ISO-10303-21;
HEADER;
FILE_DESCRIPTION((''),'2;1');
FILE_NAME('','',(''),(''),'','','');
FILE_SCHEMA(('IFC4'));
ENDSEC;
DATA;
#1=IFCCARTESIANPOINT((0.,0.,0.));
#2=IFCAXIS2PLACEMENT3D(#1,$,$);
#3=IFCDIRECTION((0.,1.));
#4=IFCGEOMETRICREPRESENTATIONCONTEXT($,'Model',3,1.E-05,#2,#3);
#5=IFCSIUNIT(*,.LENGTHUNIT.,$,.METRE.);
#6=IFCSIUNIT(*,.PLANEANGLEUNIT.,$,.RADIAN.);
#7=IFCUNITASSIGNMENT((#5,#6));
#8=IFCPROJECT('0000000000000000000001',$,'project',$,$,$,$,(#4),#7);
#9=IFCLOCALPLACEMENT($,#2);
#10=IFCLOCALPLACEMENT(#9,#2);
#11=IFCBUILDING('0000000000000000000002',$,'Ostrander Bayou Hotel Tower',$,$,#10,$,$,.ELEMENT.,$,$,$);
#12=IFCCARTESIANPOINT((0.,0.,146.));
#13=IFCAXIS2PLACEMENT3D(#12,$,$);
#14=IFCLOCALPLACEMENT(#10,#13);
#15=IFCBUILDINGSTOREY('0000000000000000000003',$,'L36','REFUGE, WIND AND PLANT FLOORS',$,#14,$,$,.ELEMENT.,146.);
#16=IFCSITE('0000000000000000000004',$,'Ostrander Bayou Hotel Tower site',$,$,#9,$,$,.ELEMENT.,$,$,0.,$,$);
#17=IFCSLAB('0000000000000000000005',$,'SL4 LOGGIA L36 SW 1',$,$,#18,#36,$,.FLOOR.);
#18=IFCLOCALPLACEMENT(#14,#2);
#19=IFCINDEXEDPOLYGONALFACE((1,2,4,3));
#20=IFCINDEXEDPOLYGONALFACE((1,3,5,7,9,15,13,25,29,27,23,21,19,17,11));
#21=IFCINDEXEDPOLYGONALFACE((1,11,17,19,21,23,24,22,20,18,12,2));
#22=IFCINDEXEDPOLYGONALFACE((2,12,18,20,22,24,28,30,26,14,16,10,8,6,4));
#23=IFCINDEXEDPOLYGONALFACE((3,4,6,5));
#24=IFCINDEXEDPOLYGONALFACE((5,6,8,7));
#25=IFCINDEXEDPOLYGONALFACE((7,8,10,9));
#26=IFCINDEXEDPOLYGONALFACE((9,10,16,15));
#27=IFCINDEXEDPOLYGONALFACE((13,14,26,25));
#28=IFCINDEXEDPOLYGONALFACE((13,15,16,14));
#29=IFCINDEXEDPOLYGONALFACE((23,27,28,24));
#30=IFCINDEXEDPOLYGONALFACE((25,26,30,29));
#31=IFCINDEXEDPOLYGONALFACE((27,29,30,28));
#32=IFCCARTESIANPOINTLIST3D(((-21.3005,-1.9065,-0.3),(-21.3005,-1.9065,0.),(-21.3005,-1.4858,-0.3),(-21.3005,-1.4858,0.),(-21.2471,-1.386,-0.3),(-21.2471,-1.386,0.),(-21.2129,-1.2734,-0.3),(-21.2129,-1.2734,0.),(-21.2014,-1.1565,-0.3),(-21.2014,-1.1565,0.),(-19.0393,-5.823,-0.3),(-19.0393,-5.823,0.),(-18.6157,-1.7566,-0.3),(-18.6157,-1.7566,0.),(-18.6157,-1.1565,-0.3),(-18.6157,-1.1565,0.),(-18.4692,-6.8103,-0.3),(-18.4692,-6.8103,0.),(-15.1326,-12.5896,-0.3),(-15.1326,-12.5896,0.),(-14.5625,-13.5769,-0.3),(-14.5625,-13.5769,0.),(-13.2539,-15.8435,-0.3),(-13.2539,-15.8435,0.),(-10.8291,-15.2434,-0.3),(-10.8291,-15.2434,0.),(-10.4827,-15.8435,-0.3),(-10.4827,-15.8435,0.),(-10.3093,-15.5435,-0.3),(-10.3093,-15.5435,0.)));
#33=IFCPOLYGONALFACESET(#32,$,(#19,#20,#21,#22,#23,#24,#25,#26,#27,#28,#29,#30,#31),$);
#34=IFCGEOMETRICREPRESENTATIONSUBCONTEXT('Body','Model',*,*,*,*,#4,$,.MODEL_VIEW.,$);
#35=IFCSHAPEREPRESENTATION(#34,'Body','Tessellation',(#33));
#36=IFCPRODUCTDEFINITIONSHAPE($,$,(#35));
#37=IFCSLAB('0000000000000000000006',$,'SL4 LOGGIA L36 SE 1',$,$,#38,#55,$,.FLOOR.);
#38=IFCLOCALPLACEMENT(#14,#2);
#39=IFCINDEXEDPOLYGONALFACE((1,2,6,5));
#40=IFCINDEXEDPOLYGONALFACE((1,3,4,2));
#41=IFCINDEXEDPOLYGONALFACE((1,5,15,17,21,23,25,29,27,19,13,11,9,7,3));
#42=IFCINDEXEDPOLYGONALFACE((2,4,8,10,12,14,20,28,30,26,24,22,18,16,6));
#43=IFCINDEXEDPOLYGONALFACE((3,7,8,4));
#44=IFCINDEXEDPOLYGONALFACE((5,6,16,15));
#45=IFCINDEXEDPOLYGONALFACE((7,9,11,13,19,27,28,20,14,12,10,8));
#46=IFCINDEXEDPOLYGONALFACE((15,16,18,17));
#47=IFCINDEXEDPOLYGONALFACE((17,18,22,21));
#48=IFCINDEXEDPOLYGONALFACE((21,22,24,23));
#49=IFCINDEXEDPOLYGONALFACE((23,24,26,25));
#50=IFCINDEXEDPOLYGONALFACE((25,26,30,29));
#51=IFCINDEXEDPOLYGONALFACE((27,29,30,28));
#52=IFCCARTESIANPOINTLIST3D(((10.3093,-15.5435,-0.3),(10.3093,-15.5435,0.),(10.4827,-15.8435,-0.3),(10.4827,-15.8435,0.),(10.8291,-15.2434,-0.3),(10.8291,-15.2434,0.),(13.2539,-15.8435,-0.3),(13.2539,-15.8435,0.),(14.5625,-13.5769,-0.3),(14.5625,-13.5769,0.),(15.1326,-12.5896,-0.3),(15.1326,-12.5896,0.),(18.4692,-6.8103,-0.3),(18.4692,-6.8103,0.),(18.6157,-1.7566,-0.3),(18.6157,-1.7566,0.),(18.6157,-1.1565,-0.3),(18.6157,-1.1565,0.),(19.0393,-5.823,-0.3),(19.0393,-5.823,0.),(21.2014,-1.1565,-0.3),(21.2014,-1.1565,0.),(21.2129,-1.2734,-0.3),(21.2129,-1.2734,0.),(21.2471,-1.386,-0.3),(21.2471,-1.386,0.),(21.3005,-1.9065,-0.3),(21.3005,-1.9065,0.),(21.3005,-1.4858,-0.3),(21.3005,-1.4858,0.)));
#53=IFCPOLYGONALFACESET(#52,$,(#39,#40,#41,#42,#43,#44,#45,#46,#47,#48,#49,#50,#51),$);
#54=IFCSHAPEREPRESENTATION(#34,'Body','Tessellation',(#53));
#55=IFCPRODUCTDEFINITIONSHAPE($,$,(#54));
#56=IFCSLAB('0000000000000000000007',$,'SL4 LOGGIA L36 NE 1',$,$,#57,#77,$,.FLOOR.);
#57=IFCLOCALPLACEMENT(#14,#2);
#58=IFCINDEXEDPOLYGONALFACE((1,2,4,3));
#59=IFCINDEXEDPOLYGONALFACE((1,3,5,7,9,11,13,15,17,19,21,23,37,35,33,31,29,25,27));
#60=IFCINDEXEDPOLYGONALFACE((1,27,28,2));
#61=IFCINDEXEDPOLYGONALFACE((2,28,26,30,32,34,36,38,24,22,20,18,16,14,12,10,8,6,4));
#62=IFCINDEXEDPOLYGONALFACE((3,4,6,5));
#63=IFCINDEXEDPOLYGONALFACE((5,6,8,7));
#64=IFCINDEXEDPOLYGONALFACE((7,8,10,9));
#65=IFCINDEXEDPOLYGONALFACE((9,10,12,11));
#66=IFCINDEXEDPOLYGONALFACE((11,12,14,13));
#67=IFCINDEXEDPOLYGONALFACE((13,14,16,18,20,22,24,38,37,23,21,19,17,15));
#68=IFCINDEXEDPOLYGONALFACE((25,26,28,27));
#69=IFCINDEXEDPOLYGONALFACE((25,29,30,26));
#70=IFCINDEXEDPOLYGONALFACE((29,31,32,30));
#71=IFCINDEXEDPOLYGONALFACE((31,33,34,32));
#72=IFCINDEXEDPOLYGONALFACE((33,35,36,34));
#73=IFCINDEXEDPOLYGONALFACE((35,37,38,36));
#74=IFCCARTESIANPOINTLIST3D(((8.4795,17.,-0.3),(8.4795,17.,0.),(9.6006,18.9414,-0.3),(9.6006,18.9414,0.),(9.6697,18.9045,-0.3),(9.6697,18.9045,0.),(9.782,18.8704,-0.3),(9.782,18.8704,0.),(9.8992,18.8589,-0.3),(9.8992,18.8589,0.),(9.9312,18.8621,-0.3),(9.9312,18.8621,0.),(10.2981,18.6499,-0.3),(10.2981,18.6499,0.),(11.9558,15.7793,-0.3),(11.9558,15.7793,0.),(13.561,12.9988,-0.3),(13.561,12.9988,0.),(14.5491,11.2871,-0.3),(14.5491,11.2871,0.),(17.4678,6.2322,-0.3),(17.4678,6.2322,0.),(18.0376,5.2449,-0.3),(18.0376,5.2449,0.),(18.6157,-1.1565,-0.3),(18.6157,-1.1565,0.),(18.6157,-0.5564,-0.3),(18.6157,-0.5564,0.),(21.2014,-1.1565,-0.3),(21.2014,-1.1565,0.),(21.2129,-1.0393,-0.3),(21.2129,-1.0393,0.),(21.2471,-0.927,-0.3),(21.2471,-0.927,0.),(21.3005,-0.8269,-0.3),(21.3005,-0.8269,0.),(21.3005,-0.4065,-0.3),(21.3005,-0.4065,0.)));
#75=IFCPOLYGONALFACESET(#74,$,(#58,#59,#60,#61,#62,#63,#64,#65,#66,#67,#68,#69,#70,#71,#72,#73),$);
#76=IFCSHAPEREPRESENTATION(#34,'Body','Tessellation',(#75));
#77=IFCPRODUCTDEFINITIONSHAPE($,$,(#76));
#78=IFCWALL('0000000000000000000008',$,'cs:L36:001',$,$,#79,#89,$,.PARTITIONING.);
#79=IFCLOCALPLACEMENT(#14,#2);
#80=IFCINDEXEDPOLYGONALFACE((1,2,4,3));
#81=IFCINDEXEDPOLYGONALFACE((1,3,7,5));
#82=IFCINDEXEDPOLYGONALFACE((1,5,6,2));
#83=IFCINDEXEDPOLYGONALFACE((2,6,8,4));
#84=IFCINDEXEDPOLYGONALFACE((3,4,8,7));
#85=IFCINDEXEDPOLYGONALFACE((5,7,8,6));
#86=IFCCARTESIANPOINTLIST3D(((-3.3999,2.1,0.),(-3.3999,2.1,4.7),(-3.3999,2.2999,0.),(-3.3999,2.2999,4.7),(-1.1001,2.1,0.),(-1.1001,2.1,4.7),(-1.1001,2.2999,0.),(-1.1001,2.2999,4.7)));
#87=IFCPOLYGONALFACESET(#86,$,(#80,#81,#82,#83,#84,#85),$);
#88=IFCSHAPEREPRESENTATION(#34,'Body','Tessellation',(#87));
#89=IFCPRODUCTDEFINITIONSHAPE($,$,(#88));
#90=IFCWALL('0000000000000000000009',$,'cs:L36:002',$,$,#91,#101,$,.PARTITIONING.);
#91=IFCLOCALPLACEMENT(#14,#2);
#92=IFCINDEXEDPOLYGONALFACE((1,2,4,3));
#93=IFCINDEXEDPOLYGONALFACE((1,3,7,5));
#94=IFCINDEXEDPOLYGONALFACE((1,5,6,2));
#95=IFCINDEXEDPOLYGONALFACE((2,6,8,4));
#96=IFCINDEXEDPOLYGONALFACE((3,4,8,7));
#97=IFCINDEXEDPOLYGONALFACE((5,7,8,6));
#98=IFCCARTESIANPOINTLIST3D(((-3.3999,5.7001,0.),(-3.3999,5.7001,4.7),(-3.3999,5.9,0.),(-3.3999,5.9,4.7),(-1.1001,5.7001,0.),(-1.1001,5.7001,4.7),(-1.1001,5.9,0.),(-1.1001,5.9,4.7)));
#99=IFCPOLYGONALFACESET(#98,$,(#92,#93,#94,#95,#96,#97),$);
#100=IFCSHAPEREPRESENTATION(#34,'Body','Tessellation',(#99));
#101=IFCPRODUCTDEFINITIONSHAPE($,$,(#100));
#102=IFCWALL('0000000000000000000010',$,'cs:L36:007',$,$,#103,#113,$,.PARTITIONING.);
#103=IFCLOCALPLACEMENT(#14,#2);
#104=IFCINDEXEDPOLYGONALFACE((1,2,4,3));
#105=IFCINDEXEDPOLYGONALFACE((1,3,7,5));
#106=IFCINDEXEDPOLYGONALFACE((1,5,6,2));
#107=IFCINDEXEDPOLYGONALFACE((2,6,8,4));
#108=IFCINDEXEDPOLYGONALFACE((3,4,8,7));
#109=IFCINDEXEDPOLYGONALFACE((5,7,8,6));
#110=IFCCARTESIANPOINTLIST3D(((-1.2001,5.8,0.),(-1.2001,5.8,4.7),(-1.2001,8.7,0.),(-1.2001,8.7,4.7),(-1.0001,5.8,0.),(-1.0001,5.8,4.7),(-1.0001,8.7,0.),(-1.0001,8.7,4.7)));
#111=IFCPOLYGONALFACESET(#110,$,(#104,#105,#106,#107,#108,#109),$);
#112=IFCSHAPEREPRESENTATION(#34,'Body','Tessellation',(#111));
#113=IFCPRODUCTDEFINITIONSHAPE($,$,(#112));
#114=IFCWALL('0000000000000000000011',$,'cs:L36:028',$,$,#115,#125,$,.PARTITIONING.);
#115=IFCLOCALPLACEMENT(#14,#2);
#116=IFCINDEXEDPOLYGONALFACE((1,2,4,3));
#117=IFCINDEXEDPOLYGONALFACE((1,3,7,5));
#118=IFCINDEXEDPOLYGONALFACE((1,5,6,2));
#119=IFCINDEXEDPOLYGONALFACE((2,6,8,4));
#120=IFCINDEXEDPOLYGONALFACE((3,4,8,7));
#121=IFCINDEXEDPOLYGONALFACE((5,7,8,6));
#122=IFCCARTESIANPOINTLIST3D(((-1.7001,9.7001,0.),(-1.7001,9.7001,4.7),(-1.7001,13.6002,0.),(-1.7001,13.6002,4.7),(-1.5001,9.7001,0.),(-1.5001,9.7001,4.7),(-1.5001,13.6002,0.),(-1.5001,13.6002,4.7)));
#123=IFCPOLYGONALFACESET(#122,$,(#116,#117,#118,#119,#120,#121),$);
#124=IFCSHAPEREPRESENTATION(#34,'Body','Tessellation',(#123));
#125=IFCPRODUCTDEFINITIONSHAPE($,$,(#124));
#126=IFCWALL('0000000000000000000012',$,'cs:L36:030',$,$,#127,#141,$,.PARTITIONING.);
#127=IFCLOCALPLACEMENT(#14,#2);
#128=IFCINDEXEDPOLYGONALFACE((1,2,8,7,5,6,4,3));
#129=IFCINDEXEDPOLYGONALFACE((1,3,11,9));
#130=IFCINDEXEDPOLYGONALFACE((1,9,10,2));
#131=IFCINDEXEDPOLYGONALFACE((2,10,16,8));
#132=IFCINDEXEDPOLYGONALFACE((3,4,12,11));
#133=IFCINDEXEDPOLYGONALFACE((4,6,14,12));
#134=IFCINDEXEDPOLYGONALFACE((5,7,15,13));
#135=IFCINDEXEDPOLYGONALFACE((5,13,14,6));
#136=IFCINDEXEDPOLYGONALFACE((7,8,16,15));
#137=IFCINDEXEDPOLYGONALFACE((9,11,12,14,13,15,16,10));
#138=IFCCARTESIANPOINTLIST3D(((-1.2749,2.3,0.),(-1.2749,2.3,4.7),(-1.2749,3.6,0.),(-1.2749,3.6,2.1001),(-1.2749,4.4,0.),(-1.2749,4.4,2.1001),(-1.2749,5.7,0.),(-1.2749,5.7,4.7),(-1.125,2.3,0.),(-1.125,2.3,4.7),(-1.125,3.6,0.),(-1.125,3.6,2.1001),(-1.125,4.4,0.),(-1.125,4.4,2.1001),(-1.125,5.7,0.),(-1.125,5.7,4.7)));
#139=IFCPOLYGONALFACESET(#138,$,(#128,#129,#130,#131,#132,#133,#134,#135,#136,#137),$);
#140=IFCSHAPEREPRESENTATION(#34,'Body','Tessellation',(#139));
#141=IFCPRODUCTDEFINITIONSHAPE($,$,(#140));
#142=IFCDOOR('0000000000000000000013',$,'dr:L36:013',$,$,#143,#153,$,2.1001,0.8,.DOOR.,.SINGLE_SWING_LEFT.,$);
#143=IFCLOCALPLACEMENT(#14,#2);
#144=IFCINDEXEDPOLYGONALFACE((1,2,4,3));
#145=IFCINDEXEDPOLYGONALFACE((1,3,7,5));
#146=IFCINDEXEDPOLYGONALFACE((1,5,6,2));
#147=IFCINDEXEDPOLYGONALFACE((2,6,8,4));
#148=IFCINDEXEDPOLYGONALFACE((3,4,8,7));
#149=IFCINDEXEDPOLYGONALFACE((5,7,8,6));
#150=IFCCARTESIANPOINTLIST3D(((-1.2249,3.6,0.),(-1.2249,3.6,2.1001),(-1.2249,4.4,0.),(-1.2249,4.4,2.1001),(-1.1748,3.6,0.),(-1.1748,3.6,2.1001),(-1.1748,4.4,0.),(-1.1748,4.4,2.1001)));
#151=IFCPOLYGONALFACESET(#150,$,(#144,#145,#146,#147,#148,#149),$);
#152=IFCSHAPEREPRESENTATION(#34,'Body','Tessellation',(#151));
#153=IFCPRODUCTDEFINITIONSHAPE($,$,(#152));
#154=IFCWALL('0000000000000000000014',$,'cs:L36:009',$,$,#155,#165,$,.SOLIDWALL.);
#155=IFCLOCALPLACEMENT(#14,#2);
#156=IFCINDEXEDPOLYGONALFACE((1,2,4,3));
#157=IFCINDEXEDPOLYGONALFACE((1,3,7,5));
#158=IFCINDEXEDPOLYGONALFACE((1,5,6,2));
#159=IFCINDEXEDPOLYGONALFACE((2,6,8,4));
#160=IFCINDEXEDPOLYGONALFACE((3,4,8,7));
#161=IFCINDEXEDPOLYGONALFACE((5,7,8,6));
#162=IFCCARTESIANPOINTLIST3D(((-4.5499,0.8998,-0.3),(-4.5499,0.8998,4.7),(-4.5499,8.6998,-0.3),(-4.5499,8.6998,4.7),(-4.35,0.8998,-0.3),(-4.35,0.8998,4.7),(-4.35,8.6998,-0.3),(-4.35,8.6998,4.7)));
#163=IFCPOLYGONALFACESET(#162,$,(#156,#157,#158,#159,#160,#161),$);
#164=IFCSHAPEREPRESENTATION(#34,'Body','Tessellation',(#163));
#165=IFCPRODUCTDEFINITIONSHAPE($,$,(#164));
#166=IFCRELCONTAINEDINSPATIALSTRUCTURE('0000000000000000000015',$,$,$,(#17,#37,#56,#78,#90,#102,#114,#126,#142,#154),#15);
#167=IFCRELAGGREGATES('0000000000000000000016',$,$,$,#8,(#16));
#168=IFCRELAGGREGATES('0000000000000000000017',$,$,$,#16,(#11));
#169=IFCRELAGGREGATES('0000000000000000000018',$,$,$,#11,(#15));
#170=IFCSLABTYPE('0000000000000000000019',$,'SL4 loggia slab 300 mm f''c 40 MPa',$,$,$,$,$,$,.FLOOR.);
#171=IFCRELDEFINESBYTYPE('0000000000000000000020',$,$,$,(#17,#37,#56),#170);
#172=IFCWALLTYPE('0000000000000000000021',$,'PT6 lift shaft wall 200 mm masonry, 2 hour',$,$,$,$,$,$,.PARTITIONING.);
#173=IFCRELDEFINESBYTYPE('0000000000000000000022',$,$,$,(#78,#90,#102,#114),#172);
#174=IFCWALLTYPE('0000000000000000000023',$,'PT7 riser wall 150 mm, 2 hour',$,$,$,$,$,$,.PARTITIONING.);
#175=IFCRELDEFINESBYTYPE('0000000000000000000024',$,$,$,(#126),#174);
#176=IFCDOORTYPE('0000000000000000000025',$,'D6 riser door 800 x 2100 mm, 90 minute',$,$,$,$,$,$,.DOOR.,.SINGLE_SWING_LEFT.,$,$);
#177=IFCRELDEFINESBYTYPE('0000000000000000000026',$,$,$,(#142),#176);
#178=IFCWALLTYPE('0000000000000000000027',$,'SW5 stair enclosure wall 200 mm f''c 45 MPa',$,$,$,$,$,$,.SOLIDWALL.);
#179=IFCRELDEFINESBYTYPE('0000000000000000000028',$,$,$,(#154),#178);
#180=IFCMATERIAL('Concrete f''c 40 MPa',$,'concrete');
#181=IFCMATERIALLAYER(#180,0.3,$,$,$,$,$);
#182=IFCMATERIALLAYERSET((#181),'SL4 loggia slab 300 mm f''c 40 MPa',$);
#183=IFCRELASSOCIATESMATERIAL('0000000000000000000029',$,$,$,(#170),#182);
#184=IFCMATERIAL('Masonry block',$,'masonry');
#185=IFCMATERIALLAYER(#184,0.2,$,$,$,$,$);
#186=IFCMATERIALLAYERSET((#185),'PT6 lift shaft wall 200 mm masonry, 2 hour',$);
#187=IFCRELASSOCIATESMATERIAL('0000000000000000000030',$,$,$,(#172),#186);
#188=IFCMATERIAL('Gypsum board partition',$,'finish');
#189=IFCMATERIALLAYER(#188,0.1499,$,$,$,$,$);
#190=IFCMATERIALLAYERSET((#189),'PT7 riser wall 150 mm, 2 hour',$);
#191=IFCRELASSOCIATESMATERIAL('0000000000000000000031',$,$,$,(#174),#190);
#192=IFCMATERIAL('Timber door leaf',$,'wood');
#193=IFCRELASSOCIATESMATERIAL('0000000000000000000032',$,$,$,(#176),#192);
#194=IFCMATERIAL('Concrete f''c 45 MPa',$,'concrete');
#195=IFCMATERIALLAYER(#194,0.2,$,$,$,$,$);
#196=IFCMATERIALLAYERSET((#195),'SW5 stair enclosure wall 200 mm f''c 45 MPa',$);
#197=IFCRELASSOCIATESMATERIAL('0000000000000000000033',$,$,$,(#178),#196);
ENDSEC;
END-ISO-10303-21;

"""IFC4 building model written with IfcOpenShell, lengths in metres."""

from ifc_helpers import new_model, si_unit, direction, frame, frame_2d, origin, place, context, subcontext, project, spatial, polyline, rectangle, outline, extrude, material, layer, layer_set, type_object, element, fill, save


model = new_model("IFC4")

# Units and contexts
model_context = context("Model", 3, precision=1e-05, world=origin(), true_north=direction((0.0, 1.0)))
body_context = subcontext(model_context, "Body", "Model", "MODEL_VIEW")
ifc_project = project(units=[si_unit("LENGTHUNIT", "METRE"), si_unit("PLANEANGLEUNIT", "RADIAN")], contexts=[model_context])

# Site, building, storey
site_placement = place(None, origin())
site = spatial("IfcSite", under=ifc_project, at=site_placement, Name="Ostrander Bayou Hotel Tower site", CompositionType="ELEMENT", RefElevation=0.0)
building_placement = place(site_placement, origin())
building = spatial("IfcBuilding", under=site, at=building_placement, Name="Ostrander Bayou Hotel Tower", CompositionType="ELEMENT")
storey_placement = place(building_placement, frame((0.0, 0.0, 146.0)))
storey = spatial("IfcBuildingStorey", under=building, at=storey_placement, Name="L36", Description="REFUGE, WIND AND PLANT FLOORS", CompositionType="ELEMENT", Elevation=146.0)

# Slabs
ifc_material_1 = material(Name="Concrete f'c 40 MPa", Category="concrete")
ifc_layer_1 = layer(ifc_material_1, 0.3)
ifc_layer_set_1 = layer_set([ifc_layer_1], Name="SL4 loggia slab 300 mm f'c 40 MPa")
slab_type = type_object("IfcSlabType", Name="SL4 loggia slab 300 mm f'c 40 MPa", PredefinedType="FLOOR", material=ifc_layer_set_1)
slab_1_placement = place(storey_placement, frame((0.0, 0.0, -0.3)))
element("IfcSlab", 1, at=slab_1_placement, inside=storey, type_object=slab_type, Name="SL4 LOGGIA L36 SW 1", PredefinedType="FLOOR", context=body_context, shape_type="SweptSolid", body=[
    extrude(outline(polyline([(-10.3093, -15.5435), (-10.4827, -15.8435), (-13.2539, -15.8435), (-14.5625, -13.5769), (-15.1326, -12.5896), (-18.4692, -6.8103), (-19.0393, -5.823), (-21.3005, -1.9065), (-21.3005, -1.4858), (-21.2471, -1.386), (-21.2129, -1.2734), (-21.2014, -1.1565), (-18.6157, -1.1565), (-18.6157, -1.7566), (-10.8291, -15.2434), (-10.3093, -15.5435)])), origin(), (0.0, 0.0, 1.0), 0.3),
])
slab_2_placement = place(storey_placement, frame((0.0, 0.0, -0.3)))
element("IfcSlab", 2, at=slab_2_placement, inside=storey, type_object=slab_type, Name="SL4 LOGGIA L36 SE 1", PredefinedType="FLOOR", context=body_context, shape_type="SweptSolid", body=[
    extrude(outline(polyline([(21.3005, -1.9065), (19.0393, -5.823), (18.4692, -6.8103), (15.1326, -12.5896), (14.5625, -13.5769), (13.2539, -15.8435), (10.4827, -15.8435), (10.3093, -15.5435), (10.8291, -15.2434), (18.6157, -1.7566), (18.6157, -1.1565), (21.2014, -1.1565), (21.2129, -1.2734), (21.2471, -1.386), (21.3005, -1.4858), (21.3005, -1.9065)])), origin(), (0.0, 0.0, 1.0), 0.3),
])
slab_3_placement = place(storey_placement, frame((0.0, 0.0, -0.3)))
element("IfcSlab", 3, at=slab_3_placement, inside=storey, type_object=slab_type, Name="SL4 LOGGIA L36 NE 1", PredefinedType="FLOOR", context=body_context, shape_type="SweptSolid", body=[
    extrude(outline(polyline([(9.6006, 18.9414), (9.6697, 18.9045), (9.782, 18.8704), (9.8992, 18.8589), (9.9312, 18.8621), (10.2981, 18.6499), (11.9558, 15.7793), (13.561, 12.9988), (14.5491, 11.2871), (17.4678, 6.2322), (18.0376, 5.2449), (21.3005, -0.4065), (21.3005, -0.8269), (21.2471, -0.927), (21.2129, -1.0393), (21.2014, -1.1565), (18.6157, -1.1565), (18.6157, -0.5564), (8.4795, 17.0), (9.6006, 18.9414)])), origin(), (0.0, 0.0, 1.0), 0.3),
])

# Walls
ifc_material_2 = material(Name="Masonry block", Category="masonry")
ifc_layer_2 = layer(ifc_material_2, 0.2)
ifc_layer_set_2 = layer_set([ifc_layer_2], Name="PT6 lift shaft wall 200 mm masonry, 2 hour")
wall_type_1 = type_object("IfcWallType", Name="PT6 lift shaft wall 200 mm masonry, 2 hour", PredefinedType="PARTITIONING", material=ifc_layer_set_2)
for number, where, z_axis, x_axis, name in (
    (4, (-3.3999, 2.2, 0.0), (0.0, 0.0, 1.0), (1.0, 0.0, 0.0), "cs:L36:001"),
    (5, (-3.3999, 5.8, 0.0), (0.0, 0.0, 1.0), (1.0, 0.0, 0.0), "cs:L36:002"),
):
    element("IfcWall", number, at=place(storey_placement, frame(where, z_axis=z_axis, x_axis=x_axis)), inside=storey, type_object=wall_type_1, Name=name, PredefinedType="PARTITIONING", context=body_context, shape_type="SweptSolid", body=[
        extrude(rectangle(XDim=2.2998, YDim=0.2, at=frame_2d((1.1499, 0.0))), origin(), (0.0, 0.0, 1.0), 4.7),
    ])
wall_1_placement = place(storey_placement, frame((-1.1001, 5.8, 0.0), z_axis=(0.0, 0.0, 1.0), x_axis=(0.0, 1.0, 0.0)))
element("IfcWall", 6, at=wall_1_placement, inside=storey, type_object=wall_type_1, Name="cs:L36:007", PredefinedType="PARTITIONING", context=body_context, shape_type="SweptSolid", body=[
    extrude(rectangle(XDim=2.8999, YDim=0.2, at=frame_2d((1.45, 0.0))), origin(), (0.0, 0.0, 1.0), 4.7),
])
wall_2_placement = place(storey_placement, frame((-1.6001, 9.7, 0.0), z_axis=(0.0, 0.0, 1.0), x_axis=(0.0, 1.0, 0.0)))
element("IfcWall", 7, at=wall_2_placement, inside=storey, type_object=wall_type_1, Name="cs:L36:028", PredefinedType="PARTITIONING", context=body_context, shape_type="SweptSolid", body=[
    extrude(rectangle(XDim=3.9001, YDim=0.2, at=frame_2d((1.9502, 0.0))), origin(), (0.0, 0.0, 1.0), 4.7),
])

# Wall, opening, door
ifc_material_3 = material(Name="Gypsum board partition", Category="finish")
ifc_layer_3 = layer(ifc_material_3, 0.1499)
ifc_layer_set_3 = layer_set([ifc_layer_3], Name="PT7 riser wall 150 mm, 2 hour")
wall_type_2 = type_object("IfcWallType", Name="PT7 riser wall 150 mm, 2 hour", PredefinedType="PARTITIONING", material=ifc_layer_set_3)
wall_3_placement = place(storey_placement, frame((-1.2, 2.3, 0.0), z_axis=(0.0, 0.0, 1.0), x_axis=(0.0, 1.0, 0.0)))
wall_3 = element("IfcWall", 8, at=wall_3_placement, inside=storey, type_object=wall_type_2, Name="cs:L36:030", PredefinedType="PARTITIONING", context=body_context, shape_type="SweptSolid", body=[
    extrude(rectangle(XDim=3.3999, YDim=0.1499, at=frame_2d((1.7, 0.0))), origin(), (0.0, 0.0, 1.0), 4.7),
])
opening_1_placement = place(wall_3_placement, frame((1.3, 0.0, 0.0)))
opening_1 = element("IfcOpeningElement", 9, at=opening_1_placement, cuts=wall_3, PredefinedType="OPENING", context=body_context, shape_type="SweptSolid", body=[
    extrude(rectangle(XDim=0.8, YDim=2.1001, at=frame_2d((0.3999, 1.05))), frame((0.0, 0.075, 0.0), z_axis=(0.0, -1.0, 0.0), x_axis=(1.0, 0.0, 0.0)), (0.0, 0.0, 1.0), 0.1499),
])
ifc_material_4 = material(Name="Timber door leaf", Category="wood")
door_type_1 = type_object("IfcDoorType", Name="D6 riser door 800 x 2100 mm, 90 minute", OperationType="SINGLE_SWING_LEFT", PredefinedType="DOOR", material=ifc_material_4)
door_1_placement = place(opening_1_placement, origin())
door_1 = element("IfcDoor", 10, at=door_1_placement, inside=storey, type_object=door_type_1, Name="dr:L36:013", OperationType="SINGLE_SWING_LEFT", OverallHeight=2.1001, OverallWidth=0.8, PredefinedType="DOOR", context=body_context, shape_type="SweptSolid", body=[
    extrude(rectangle(XDim=0.8, YDim=2.1001, at=frame_2d((0.3999, 1.05))), frame((0.0, 0.0249, 0.0), z_axis=(0.0, -1.0, 0.0), x_axis=(1.0, 0.0, 0.0)), (0.0, 0.0, 1.0), 0.05),
])
fill(opening_1, door_1)

# Wall
ifc_material_5 = material(Name="Concrete f'c 45 MPa", Category="concrete")
ifc_layer_4 = layer(ifc_material_5, 0.2)
ifc_layer_set_4 = layer_set([ifc_layer_4], Name="SW5 stair enclosure wall 200 mm f'c 45 MPa")
wall_type_3 = type_object("IfcWallType", Name="SW5 stair enclosure wall 200 mm f'c 45 MPa", PredefinedType="SOLIDWALL", material=ifc_layer_set_4)
wall_4_placement = place(storey_placement, frame((-4.45, 0.8999, -0.3), z_axis=(0.0, 0.0, 1.0), x_axis=(0.0, 1.0, 0.0)))
element("IfcWall", 11, at=wall_4_placement, inside=storey, type_object=wall_type_3, Name="cs:L36:009", PredefinedType="SOLIDWALL", context=body_context, shape_type="SweptSolid", body=[
    extrude(rectangle(XDim=7.8, YDim=0.2, at=frame_2d((3.8999, 0.0))), origin(), (0.0, 0.0, 1.0), 5.0),
])

save(model, "model.ifc")
